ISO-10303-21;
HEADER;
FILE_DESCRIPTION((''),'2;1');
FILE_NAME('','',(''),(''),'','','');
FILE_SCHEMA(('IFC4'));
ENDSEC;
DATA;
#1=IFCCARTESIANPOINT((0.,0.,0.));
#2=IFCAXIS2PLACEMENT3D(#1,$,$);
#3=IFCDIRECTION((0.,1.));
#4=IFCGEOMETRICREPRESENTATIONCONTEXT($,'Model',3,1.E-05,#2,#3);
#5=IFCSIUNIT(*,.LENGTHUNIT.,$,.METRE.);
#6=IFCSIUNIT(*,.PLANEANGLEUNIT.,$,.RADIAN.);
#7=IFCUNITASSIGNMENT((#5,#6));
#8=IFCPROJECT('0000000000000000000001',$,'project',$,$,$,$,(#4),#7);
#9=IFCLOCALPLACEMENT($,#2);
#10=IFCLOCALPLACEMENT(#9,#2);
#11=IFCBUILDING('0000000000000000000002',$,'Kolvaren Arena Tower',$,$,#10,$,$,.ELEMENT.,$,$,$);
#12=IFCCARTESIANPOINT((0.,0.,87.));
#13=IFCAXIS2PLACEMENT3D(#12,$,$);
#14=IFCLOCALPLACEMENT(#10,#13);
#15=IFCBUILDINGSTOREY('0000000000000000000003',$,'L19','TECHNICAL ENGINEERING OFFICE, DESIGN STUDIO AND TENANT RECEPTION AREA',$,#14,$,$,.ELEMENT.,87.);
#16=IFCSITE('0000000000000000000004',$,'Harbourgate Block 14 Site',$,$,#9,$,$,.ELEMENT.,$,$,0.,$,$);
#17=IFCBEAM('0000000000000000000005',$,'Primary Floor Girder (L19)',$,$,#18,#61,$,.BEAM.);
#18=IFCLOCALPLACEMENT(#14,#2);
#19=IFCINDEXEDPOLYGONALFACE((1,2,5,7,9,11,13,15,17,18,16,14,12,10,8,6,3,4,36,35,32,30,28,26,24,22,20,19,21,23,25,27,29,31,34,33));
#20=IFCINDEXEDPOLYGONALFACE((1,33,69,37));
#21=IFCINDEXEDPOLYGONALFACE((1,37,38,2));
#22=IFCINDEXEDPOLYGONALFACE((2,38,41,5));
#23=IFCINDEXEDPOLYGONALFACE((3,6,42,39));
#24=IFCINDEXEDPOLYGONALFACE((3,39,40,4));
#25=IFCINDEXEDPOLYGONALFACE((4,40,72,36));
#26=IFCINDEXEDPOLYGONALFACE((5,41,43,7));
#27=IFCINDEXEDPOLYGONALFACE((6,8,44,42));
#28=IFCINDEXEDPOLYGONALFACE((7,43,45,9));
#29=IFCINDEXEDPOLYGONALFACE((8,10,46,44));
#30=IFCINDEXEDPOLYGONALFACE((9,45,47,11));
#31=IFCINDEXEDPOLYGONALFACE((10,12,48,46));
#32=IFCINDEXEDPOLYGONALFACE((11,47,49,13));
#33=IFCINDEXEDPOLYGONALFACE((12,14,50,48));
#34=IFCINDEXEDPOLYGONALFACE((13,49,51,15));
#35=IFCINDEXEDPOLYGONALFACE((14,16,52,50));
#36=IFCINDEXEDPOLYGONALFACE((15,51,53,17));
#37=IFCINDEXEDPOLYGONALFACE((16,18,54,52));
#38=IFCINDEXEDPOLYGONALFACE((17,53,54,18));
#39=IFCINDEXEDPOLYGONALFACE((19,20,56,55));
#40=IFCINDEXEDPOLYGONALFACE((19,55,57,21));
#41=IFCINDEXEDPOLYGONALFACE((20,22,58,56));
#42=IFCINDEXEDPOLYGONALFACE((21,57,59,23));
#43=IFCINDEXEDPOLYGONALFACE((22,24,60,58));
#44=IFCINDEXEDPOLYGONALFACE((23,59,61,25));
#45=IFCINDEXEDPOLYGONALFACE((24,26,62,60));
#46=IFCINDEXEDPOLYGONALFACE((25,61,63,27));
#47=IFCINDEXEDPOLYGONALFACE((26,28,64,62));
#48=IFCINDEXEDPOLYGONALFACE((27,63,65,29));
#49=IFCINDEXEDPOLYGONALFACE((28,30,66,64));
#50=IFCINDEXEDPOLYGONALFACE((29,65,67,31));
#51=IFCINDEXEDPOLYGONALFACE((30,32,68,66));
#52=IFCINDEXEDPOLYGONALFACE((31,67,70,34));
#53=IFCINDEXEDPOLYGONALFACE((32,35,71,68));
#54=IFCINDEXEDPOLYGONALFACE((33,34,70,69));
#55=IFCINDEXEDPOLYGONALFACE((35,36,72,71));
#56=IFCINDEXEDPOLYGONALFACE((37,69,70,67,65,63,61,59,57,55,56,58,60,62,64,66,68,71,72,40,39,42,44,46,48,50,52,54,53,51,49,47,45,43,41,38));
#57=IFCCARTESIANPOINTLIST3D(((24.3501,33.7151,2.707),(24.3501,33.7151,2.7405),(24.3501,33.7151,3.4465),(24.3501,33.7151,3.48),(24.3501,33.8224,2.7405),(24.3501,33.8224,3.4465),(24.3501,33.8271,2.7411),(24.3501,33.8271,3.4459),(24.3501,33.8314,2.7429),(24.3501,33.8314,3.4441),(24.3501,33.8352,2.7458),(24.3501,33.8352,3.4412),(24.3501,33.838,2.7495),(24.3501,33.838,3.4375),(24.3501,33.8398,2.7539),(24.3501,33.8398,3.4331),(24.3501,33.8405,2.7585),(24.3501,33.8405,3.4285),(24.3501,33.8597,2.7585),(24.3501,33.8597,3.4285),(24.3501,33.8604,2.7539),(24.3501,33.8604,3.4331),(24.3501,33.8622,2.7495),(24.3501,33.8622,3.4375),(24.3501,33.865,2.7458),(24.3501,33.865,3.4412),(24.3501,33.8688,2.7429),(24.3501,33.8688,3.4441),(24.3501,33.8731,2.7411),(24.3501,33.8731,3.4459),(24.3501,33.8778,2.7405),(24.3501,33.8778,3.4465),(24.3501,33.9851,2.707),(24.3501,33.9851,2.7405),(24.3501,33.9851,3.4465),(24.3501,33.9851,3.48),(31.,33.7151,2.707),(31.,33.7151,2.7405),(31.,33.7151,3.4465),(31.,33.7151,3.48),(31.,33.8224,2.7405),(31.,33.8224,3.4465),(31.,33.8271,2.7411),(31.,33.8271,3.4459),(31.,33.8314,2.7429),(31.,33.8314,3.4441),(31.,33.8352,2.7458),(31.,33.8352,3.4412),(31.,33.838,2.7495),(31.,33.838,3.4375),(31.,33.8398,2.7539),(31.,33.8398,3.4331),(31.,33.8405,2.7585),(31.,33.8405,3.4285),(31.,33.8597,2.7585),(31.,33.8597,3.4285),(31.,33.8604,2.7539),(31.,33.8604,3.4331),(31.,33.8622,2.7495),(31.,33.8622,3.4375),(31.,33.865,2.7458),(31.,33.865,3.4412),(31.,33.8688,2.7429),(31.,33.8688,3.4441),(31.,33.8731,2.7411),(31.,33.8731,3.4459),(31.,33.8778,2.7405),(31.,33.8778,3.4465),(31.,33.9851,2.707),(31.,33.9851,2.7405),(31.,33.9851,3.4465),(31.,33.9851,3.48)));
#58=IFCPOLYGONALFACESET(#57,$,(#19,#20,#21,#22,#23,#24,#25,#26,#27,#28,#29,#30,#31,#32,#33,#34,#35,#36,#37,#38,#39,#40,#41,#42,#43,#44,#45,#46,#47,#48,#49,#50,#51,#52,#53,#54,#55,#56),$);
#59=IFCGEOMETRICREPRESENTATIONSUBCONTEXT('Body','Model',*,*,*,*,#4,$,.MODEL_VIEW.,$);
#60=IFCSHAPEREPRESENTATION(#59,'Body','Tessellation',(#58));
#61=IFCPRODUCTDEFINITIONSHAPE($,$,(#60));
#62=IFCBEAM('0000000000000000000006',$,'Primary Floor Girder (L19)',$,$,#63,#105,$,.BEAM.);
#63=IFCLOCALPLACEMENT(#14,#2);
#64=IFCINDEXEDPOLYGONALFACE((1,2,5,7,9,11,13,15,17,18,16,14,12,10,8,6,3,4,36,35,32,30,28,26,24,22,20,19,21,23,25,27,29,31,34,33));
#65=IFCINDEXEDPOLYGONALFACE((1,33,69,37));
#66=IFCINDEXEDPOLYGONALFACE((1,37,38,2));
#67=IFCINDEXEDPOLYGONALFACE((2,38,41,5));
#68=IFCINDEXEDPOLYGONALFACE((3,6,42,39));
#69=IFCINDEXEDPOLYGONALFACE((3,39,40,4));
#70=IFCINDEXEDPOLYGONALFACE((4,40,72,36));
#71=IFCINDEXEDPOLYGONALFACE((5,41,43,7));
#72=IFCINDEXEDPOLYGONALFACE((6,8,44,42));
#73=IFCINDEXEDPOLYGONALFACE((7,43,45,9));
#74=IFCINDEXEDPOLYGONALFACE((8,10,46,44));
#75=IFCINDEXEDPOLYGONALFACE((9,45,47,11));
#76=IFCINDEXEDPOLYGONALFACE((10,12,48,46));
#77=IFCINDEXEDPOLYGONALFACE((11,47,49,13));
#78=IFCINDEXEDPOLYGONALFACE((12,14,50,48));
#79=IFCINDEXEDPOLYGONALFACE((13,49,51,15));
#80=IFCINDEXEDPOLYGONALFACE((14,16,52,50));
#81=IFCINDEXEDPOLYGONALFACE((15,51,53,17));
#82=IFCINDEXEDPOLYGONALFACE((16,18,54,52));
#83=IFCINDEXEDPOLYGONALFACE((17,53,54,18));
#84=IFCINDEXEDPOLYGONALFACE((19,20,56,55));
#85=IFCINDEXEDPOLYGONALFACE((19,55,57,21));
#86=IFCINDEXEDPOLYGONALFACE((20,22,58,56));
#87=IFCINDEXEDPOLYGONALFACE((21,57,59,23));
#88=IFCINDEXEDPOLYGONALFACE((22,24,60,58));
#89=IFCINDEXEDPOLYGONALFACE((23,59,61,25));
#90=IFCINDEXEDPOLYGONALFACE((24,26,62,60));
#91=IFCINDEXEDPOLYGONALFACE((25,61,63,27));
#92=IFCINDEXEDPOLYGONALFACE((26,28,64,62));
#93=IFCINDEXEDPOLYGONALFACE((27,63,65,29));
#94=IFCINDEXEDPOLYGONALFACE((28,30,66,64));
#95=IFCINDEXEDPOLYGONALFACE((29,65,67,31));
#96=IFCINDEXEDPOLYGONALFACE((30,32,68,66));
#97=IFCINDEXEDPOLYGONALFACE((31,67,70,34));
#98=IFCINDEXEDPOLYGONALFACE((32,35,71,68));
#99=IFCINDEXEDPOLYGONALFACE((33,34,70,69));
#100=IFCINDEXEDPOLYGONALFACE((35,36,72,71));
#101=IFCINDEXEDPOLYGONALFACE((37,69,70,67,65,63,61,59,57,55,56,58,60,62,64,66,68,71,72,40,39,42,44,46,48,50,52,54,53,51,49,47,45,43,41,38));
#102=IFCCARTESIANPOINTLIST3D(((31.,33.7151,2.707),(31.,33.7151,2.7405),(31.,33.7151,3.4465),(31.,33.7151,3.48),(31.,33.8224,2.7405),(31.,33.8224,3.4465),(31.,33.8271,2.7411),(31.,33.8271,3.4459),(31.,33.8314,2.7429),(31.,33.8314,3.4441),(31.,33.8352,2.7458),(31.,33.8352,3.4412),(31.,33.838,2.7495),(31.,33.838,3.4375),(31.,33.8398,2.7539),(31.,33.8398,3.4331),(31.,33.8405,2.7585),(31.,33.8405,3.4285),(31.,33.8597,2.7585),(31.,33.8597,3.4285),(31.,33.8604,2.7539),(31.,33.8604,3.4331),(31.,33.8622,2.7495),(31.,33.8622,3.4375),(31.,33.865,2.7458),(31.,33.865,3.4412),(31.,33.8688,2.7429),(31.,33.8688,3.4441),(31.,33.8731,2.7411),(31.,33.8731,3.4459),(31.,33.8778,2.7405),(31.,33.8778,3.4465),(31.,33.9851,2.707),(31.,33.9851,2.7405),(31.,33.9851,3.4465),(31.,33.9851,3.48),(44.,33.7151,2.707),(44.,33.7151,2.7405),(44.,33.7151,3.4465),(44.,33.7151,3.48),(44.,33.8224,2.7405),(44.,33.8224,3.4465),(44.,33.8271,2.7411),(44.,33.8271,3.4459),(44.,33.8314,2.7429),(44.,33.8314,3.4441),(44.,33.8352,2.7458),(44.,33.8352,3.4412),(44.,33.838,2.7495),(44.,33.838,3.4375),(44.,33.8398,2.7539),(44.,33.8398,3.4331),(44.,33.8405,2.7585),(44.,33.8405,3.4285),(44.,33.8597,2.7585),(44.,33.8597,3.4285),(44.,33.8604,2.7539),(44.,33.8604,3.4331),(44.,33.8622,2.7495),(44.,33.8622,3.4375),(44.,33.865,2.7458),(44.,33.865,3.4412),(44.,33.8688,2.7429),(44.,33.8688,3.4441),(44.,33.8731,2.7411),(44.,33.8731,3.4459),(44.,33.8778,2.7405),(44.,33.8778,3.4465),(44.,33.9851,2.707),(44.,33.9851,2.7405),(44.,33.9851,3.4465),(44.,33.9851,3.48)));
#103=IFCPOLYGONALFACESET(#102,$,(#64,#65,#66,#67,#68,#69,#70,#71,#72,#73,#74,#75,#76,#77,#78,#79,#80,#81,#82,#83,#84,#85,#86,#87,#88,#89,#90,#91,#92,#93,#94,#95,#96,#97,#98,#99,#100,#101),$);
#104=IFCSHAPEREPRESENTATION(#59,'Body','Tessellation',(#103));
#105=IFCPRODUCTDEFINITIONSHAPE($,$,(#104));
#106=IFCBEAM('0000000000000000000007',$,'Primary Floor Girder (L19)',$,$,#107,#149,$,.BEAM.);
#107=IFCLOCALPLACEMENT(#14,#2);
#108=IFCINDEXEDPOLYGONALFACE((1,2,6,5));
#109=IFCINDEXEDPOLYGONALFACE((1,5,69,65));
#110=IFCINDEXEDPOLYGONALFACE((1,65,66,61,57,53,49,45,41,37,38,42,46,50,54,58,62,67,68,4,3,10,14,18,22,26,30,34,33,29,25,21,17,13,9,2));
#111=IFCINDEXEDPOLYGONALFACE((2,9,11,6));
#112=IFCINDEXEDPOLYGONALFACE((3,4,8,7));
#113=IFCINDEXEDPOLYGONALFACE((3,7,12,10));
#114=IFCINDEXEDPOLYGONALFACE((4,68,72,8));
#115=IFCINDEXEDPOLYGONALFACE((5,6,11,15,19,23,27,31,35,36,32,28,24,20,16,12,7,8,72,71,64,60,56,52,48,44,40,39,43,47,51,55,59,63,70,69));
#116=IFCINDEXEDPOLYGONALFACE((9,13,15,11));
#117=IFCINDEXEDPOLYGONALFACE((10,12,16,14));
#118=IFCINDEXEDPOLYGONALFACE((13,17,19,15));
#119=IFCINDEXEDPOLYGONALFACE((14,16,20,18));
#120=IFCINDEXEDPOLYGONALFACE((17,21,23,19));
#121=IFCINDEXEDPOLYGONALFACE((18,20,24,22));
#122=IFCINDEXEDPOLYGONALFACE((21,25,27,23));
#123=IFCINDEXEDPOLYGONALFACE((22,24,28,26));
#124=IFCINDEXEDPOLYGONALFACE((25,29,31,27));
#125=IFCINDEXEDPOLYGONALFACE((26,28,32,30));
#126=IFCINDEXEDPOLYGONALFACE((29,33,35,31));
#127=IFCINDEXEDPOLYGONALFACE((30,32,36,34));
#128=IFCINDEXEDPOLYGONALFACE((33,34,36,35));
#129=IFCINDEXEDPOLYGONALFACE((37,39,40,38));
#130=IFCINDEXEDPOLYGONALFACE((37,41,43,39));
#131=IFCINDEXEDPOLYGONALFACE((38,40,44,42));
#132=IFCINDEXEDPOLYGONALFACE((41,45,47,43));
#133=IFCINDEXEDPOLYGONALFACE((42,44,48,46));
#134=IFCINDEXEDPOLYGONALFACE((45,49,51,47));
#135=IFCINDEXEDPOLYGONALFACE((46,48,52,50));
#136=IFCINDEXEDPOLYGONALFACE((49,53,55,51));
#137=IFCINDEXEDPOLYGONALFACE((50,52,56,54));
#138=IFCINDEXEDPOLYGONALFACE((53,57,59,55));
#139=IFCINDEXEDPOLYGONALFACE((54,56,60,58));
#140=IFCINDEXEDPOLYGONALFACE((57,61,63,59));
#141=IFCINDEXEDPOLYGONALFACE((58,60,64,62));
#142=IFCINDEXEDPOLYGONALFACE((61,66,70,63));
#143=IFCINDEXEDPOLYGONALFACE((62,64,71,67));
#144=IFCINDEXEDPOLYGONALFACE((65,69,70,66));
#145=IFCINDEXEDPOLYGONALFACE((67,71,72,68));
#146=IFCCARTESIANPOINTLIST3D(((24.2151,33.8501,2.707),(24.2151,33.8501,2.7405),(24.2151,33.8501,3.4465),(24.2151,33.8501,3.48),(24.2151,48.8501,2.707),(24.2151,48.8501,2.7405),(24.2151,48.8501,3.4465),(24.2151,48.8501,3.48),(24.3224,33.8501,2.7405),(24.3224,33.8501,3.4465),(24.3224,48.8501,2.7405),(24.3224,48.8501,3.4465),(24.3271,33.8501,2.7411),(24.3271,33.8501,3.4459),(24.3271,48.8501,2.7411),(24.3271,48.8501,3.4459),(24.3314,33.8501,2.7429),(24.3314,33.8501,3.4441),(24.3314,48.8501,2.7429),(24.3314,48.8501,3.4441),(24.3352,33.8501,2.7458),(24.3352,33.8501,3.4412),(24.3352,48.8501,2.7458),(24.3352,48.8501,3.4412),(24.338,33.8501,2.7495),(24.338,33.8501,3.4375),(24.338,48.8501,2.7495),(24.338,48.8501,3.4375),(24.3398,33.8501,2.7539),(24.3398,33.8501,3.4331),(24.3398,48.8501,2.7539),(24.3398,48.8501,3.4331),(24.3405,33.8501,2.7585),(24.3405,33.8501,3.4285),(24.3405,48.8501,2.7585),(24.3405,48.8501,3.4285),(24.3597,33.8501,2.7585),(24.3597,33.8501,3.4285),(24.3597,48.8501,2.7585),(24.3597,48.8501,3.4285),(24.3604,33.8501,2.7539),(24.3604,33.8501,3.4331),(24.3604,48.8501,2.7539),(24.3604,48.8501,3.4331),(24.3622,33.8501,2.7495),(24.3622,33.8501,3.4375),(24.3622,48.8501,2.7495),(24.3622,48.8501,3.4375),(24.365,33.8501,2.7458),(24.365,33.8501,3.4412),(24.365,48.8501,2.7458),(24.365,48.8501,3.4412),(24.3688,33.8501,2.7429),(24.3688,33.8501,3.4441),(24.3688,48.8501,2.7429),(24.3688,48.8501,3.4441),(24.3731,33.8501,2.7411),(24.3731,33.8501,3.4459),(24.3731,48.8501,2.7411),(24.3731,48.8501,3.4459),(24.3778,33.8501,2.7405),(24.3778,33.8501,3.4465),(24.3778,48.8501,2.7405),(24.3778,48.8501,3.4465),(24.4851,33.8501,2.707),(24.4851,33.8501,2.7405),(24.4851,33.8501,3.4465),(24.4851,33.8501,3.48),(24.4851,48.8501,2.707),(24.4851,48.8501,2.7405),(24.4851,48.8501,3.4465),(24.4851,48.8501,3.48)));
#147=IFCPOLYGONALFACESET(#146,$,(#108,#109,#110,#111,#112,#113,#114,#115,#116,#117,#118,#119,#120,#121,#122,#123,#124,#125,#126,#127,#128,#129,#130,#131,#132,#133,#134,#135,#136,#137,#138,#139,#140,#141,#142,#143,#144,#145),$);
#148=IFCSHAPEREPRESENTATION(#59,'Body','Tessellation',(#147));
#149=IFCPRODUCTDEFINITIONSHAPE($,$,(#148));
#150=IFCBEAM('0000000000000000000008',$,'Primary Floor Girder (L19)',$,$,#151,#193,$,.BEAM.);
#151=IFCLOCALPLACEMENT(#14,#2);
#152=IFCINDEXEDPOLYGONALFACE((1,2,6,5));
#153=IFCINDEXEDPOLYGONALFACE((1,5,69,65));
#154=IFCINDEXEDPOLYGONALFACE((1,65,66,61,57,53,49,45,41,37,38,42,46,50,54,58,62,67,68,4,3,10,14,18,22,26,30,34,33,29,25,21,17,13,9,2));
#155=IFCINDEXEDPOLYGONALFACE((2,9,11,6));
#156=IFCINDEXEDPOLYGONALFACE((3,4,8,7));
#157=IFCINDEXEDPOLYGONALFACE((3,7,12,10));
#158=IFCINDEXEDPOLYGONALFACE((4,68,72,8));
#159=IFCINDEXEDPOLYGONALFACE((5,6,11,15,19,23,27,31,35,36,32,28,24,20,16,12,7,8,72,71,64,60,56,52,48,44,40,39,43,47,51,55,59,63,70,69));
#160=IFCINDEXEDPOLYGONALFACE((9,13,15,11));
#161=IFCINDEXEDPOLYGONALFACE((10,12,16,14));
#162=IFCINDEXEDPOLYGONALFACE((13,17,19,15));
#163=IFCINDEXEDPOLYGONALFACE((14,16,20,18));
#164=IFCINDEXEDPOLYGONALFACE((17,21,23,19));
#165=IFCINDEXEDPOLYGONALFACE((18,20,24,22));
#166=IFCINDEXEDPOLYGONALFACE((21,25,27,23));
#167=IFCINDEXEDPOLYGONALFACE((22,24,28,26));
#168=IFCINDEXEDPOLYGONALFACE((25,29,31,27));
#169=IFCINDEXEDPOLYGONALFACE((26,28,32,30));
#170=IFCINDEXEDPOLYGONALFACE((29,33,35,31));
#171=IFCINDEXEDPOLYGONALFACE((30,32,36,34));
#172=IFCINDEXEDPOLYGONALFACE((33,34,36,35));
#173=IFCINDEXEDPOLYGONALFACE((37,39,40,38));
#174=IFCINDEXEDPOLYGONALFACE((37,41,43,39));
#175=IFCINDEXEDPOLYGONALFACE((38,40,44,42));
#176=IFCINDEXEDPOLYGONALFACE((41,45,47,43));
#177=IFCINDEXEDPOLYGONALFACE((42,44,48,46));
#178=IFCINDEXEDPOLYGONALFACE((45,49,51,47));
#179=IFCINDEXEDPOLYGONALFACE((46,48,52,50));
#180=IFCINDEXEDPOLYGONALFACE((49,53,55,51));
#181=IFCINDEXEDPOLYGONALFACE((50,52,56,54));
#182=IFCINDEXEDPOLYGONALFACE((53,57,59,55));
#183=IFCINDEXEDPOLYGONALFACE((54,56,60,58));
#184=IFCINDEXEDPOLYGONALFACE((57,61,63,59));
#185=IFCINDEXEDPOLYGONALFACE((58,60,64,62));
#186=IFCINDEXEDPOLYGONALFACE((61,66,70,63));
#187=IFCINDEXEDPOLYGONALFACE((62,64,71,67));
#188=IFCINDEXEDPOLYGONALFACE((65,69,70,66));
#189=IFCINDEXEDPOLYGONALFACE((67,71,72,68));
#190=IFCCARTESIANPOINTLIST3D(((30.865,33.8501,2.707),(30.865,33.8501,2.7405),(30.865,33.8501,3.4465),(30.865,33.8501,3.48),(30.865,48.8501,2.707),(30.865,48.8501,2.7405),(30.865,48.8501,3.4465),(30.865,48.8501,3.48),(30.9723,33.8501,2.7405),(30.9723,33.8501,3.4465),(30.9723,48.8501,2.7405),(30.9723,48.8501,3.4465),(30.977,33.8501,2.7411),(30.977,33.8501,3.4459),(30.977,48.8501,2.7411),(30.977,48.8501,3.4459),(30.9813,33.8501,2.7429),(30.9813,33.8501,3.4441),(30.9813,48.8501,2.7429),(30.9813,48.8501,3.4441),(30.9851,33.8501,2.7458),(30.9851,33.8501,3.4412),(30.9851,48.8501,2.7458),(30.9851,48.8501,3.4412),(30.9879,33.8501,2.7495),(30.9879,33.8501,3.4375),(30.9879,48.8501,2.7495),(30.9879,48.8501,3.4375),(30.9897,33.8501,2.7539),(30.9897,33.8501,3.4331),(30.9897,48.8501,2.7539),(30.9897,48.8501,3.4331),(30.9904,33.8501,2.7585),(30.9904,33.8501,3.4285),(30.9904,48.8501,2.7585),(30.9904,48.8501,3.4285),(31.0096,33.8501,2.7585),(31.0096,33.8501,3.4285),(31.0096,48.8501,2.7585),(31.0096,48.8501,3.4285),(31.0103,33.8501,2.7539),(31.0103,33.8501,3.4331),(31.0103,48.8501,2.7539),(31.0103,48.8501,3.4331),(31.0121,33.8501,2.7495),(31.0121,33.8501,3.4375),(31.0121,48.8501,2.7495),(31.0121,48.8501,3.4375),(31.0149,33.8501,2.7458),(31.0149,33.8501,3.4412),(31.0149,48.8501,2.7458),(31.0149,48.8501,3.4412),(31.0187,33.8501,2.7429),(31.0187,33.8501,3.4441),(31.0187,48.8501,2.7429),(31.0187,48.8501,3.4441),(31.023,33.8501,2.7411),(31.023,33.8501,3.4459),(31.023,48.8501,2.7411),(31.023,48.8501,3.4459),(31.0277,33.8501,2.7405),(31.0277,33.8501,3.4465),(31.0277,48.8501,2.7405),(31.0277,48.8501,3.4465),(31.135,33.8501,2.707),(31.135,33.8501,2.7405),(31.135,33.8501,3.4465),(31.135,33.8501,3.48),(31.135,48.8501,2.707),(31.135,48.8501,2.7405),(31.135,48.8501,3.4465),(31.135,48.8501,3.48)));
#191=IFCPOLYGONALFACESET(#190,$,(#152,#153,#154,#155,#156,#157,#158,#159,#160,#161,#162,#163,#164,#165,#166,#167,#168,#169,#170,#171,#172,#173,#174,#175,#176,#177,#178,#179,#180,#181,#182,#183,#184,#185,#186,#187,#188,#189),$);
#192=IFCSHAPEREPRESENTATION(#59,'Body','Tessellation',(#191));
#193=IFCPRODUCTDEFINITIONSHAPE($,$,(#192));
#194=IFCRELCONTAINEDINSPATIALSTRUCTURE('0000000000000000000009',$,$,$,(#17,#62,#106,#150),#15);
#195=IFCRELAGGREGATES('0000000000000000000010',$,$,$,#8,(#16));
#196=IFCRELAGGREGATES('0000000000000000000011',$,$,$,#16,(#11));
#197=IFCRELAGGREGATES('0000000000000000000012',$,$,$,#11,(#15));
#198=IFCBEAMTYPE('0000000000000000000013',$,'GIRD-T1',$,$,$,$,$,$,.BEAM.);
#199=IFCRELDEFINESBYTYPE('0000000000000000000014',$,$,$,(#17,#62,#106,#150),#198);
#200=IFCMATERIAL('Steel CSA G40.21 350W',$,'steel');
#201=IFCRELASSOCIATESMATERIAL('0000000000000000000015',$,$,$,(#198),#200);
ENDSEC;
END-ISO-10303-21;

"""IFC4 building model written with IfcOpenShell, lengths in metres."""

from ifc_helpers import new_model, si_unit, direction, frame, origin, origin_2d, place, context, subcontext, project, spatial, i_section, extrude, material, material_profile, profile_set, type_object, element, save


model = new_model("IFC4")

# Units and contexts
model_context = context("Model", 3, precision=1e-05, world=origin(), true_north=direction((0.0, 1.0)))
body_context = subcontext(model_context, "Body", "Model", "MODEL_VIEW")
ifc_project = project(units=[si_unit("LENGTHUNIT", "METRE"), si_unit("PLANEANGLEUNIT", "RADIAN")], contexts=[model_context])

# Site, building, storey
site_placement = place(None, origin())
site = spatial("IfcSite", under=ifc_project, at=site_placement, Name="Harbourgate Block 14 Site", CompositionType="ELEMENT", RefElevation=0.0)
building_placement = place(site_placement, origin())
building = spatial("IfcBuilding", under=site, at=building_placement, Name="Kolvaren Arena Tower", CompositionType="ELEMENT")
storey_placement = place(building_placement, frame((0.0, 0.0, 87.0)))
storey = spatial("IfcBuildingStorey", under=building, at=storey_placement, Name="L19", Description="TECHNICAL ENGINEERING OFFICE, DESIGN STUDIO AND TENANT RECEPTION AREA", CompositionType="ELEMENT", Elevation=87.0)

# Beams
ifc_material_1 = material(Name="Steel CSA G40.21 350W", Category="steel")
ifc_material_profile_1 = material_profile(ifc_material_1, i_section(OverallWidth=0.27, OverallDepth=0.7729, WebThickness=0.0193, FlangeThickness=0.0334, FilletRadius=0.0181, at=origin_2d()), Name="W760x257")
ifc_profile_set_1 = profile_set([ifc_material_profile_1], Name="Steel CSA G40.21 350W")
beam_type_1 = type_object("IfcBeamType", Name="GIRD-T1", PredefinedType="BEAM", material=ifc_profile_set_1)
beam_1_placement = place(storey_placement, frame((24.3501, 33.8501, 3.0935), z_axis=(1.0, 0.0, 0.0), x_axis=(0.0, 1.0, 0.0)))
element("IfcBeam", 1, at=beam_1_placement, inside=storey, type_object=beam_type_1, Name="Primary Floor Girder (L19)", PredefinedType="BEAM", context=body_context, shape_type="SweptSolid", body=[
    extrude(i_section(OverallWidth=0.27, OverallDepth=0.7729, WebThickness=0.0193, FlangeThickness=0.0334, FilletRadius=0.0181, at=origin_2d()), origin(), (0.0, 0.0, 1.0), 6.6499),
])
beam_2_placement = place(storey_placement, frame((31.0, 33.8501, 3.0935), z_axis=(1.0, 0.0, 0.0), x_axis=(0.0, 1.0, 0.0)))
element("IfcBeam", 2, at=beam_2_placement, inside=storey, type_object=beam_type_1, Name="Primary Floor Girder (L19)", PredefinedType="BEAM", context=body_context, shape_type="SweptSolid", body=[
    extrude(i_section(OverallWidth=0.27, OverallDepth=0.7729, WebThickness=0.0193, FlangeThickness=0.0334, FilletRadius=0.0181, at=origin_2d()), origin(), (0.0, 0.0, 1.0), 13.0),
])
for number, where, z_axis, x_axis, name in (
    (3, (24.3501, 33.8501, 3.0935), (0.0, 1.0, 0.0), (-1.0, 0.0, 0.0), "Primary Floor Girder (L19)"),
    (4, (31.0, 33.8501, 3.0935), (0.0, 1.0, 0.0), (-1.0, 0.0, 0.0), "Primary Floor Girder (L19)"),
):
    element("IfcBeam", number, at=place(storey_placement, frame(where, z_axis=z_axis, x_axis=x_axis)), inside=storey, type_object=beam_type_1, Name=name, PredefinedType="BEAM", context=body_context, shape_type="SweptSolid", body=[
        extrude(i_section(OverallWidth=0.27, OverallDepth=0.7729, WebThickness=0.0193, FlangeThickness=0.0334, FilletRadius=0.0181, at=origin_2d()), origin(), (0.0, 0.0, 1.0), 15.0),
    ])

save(model, "model.ifc")
